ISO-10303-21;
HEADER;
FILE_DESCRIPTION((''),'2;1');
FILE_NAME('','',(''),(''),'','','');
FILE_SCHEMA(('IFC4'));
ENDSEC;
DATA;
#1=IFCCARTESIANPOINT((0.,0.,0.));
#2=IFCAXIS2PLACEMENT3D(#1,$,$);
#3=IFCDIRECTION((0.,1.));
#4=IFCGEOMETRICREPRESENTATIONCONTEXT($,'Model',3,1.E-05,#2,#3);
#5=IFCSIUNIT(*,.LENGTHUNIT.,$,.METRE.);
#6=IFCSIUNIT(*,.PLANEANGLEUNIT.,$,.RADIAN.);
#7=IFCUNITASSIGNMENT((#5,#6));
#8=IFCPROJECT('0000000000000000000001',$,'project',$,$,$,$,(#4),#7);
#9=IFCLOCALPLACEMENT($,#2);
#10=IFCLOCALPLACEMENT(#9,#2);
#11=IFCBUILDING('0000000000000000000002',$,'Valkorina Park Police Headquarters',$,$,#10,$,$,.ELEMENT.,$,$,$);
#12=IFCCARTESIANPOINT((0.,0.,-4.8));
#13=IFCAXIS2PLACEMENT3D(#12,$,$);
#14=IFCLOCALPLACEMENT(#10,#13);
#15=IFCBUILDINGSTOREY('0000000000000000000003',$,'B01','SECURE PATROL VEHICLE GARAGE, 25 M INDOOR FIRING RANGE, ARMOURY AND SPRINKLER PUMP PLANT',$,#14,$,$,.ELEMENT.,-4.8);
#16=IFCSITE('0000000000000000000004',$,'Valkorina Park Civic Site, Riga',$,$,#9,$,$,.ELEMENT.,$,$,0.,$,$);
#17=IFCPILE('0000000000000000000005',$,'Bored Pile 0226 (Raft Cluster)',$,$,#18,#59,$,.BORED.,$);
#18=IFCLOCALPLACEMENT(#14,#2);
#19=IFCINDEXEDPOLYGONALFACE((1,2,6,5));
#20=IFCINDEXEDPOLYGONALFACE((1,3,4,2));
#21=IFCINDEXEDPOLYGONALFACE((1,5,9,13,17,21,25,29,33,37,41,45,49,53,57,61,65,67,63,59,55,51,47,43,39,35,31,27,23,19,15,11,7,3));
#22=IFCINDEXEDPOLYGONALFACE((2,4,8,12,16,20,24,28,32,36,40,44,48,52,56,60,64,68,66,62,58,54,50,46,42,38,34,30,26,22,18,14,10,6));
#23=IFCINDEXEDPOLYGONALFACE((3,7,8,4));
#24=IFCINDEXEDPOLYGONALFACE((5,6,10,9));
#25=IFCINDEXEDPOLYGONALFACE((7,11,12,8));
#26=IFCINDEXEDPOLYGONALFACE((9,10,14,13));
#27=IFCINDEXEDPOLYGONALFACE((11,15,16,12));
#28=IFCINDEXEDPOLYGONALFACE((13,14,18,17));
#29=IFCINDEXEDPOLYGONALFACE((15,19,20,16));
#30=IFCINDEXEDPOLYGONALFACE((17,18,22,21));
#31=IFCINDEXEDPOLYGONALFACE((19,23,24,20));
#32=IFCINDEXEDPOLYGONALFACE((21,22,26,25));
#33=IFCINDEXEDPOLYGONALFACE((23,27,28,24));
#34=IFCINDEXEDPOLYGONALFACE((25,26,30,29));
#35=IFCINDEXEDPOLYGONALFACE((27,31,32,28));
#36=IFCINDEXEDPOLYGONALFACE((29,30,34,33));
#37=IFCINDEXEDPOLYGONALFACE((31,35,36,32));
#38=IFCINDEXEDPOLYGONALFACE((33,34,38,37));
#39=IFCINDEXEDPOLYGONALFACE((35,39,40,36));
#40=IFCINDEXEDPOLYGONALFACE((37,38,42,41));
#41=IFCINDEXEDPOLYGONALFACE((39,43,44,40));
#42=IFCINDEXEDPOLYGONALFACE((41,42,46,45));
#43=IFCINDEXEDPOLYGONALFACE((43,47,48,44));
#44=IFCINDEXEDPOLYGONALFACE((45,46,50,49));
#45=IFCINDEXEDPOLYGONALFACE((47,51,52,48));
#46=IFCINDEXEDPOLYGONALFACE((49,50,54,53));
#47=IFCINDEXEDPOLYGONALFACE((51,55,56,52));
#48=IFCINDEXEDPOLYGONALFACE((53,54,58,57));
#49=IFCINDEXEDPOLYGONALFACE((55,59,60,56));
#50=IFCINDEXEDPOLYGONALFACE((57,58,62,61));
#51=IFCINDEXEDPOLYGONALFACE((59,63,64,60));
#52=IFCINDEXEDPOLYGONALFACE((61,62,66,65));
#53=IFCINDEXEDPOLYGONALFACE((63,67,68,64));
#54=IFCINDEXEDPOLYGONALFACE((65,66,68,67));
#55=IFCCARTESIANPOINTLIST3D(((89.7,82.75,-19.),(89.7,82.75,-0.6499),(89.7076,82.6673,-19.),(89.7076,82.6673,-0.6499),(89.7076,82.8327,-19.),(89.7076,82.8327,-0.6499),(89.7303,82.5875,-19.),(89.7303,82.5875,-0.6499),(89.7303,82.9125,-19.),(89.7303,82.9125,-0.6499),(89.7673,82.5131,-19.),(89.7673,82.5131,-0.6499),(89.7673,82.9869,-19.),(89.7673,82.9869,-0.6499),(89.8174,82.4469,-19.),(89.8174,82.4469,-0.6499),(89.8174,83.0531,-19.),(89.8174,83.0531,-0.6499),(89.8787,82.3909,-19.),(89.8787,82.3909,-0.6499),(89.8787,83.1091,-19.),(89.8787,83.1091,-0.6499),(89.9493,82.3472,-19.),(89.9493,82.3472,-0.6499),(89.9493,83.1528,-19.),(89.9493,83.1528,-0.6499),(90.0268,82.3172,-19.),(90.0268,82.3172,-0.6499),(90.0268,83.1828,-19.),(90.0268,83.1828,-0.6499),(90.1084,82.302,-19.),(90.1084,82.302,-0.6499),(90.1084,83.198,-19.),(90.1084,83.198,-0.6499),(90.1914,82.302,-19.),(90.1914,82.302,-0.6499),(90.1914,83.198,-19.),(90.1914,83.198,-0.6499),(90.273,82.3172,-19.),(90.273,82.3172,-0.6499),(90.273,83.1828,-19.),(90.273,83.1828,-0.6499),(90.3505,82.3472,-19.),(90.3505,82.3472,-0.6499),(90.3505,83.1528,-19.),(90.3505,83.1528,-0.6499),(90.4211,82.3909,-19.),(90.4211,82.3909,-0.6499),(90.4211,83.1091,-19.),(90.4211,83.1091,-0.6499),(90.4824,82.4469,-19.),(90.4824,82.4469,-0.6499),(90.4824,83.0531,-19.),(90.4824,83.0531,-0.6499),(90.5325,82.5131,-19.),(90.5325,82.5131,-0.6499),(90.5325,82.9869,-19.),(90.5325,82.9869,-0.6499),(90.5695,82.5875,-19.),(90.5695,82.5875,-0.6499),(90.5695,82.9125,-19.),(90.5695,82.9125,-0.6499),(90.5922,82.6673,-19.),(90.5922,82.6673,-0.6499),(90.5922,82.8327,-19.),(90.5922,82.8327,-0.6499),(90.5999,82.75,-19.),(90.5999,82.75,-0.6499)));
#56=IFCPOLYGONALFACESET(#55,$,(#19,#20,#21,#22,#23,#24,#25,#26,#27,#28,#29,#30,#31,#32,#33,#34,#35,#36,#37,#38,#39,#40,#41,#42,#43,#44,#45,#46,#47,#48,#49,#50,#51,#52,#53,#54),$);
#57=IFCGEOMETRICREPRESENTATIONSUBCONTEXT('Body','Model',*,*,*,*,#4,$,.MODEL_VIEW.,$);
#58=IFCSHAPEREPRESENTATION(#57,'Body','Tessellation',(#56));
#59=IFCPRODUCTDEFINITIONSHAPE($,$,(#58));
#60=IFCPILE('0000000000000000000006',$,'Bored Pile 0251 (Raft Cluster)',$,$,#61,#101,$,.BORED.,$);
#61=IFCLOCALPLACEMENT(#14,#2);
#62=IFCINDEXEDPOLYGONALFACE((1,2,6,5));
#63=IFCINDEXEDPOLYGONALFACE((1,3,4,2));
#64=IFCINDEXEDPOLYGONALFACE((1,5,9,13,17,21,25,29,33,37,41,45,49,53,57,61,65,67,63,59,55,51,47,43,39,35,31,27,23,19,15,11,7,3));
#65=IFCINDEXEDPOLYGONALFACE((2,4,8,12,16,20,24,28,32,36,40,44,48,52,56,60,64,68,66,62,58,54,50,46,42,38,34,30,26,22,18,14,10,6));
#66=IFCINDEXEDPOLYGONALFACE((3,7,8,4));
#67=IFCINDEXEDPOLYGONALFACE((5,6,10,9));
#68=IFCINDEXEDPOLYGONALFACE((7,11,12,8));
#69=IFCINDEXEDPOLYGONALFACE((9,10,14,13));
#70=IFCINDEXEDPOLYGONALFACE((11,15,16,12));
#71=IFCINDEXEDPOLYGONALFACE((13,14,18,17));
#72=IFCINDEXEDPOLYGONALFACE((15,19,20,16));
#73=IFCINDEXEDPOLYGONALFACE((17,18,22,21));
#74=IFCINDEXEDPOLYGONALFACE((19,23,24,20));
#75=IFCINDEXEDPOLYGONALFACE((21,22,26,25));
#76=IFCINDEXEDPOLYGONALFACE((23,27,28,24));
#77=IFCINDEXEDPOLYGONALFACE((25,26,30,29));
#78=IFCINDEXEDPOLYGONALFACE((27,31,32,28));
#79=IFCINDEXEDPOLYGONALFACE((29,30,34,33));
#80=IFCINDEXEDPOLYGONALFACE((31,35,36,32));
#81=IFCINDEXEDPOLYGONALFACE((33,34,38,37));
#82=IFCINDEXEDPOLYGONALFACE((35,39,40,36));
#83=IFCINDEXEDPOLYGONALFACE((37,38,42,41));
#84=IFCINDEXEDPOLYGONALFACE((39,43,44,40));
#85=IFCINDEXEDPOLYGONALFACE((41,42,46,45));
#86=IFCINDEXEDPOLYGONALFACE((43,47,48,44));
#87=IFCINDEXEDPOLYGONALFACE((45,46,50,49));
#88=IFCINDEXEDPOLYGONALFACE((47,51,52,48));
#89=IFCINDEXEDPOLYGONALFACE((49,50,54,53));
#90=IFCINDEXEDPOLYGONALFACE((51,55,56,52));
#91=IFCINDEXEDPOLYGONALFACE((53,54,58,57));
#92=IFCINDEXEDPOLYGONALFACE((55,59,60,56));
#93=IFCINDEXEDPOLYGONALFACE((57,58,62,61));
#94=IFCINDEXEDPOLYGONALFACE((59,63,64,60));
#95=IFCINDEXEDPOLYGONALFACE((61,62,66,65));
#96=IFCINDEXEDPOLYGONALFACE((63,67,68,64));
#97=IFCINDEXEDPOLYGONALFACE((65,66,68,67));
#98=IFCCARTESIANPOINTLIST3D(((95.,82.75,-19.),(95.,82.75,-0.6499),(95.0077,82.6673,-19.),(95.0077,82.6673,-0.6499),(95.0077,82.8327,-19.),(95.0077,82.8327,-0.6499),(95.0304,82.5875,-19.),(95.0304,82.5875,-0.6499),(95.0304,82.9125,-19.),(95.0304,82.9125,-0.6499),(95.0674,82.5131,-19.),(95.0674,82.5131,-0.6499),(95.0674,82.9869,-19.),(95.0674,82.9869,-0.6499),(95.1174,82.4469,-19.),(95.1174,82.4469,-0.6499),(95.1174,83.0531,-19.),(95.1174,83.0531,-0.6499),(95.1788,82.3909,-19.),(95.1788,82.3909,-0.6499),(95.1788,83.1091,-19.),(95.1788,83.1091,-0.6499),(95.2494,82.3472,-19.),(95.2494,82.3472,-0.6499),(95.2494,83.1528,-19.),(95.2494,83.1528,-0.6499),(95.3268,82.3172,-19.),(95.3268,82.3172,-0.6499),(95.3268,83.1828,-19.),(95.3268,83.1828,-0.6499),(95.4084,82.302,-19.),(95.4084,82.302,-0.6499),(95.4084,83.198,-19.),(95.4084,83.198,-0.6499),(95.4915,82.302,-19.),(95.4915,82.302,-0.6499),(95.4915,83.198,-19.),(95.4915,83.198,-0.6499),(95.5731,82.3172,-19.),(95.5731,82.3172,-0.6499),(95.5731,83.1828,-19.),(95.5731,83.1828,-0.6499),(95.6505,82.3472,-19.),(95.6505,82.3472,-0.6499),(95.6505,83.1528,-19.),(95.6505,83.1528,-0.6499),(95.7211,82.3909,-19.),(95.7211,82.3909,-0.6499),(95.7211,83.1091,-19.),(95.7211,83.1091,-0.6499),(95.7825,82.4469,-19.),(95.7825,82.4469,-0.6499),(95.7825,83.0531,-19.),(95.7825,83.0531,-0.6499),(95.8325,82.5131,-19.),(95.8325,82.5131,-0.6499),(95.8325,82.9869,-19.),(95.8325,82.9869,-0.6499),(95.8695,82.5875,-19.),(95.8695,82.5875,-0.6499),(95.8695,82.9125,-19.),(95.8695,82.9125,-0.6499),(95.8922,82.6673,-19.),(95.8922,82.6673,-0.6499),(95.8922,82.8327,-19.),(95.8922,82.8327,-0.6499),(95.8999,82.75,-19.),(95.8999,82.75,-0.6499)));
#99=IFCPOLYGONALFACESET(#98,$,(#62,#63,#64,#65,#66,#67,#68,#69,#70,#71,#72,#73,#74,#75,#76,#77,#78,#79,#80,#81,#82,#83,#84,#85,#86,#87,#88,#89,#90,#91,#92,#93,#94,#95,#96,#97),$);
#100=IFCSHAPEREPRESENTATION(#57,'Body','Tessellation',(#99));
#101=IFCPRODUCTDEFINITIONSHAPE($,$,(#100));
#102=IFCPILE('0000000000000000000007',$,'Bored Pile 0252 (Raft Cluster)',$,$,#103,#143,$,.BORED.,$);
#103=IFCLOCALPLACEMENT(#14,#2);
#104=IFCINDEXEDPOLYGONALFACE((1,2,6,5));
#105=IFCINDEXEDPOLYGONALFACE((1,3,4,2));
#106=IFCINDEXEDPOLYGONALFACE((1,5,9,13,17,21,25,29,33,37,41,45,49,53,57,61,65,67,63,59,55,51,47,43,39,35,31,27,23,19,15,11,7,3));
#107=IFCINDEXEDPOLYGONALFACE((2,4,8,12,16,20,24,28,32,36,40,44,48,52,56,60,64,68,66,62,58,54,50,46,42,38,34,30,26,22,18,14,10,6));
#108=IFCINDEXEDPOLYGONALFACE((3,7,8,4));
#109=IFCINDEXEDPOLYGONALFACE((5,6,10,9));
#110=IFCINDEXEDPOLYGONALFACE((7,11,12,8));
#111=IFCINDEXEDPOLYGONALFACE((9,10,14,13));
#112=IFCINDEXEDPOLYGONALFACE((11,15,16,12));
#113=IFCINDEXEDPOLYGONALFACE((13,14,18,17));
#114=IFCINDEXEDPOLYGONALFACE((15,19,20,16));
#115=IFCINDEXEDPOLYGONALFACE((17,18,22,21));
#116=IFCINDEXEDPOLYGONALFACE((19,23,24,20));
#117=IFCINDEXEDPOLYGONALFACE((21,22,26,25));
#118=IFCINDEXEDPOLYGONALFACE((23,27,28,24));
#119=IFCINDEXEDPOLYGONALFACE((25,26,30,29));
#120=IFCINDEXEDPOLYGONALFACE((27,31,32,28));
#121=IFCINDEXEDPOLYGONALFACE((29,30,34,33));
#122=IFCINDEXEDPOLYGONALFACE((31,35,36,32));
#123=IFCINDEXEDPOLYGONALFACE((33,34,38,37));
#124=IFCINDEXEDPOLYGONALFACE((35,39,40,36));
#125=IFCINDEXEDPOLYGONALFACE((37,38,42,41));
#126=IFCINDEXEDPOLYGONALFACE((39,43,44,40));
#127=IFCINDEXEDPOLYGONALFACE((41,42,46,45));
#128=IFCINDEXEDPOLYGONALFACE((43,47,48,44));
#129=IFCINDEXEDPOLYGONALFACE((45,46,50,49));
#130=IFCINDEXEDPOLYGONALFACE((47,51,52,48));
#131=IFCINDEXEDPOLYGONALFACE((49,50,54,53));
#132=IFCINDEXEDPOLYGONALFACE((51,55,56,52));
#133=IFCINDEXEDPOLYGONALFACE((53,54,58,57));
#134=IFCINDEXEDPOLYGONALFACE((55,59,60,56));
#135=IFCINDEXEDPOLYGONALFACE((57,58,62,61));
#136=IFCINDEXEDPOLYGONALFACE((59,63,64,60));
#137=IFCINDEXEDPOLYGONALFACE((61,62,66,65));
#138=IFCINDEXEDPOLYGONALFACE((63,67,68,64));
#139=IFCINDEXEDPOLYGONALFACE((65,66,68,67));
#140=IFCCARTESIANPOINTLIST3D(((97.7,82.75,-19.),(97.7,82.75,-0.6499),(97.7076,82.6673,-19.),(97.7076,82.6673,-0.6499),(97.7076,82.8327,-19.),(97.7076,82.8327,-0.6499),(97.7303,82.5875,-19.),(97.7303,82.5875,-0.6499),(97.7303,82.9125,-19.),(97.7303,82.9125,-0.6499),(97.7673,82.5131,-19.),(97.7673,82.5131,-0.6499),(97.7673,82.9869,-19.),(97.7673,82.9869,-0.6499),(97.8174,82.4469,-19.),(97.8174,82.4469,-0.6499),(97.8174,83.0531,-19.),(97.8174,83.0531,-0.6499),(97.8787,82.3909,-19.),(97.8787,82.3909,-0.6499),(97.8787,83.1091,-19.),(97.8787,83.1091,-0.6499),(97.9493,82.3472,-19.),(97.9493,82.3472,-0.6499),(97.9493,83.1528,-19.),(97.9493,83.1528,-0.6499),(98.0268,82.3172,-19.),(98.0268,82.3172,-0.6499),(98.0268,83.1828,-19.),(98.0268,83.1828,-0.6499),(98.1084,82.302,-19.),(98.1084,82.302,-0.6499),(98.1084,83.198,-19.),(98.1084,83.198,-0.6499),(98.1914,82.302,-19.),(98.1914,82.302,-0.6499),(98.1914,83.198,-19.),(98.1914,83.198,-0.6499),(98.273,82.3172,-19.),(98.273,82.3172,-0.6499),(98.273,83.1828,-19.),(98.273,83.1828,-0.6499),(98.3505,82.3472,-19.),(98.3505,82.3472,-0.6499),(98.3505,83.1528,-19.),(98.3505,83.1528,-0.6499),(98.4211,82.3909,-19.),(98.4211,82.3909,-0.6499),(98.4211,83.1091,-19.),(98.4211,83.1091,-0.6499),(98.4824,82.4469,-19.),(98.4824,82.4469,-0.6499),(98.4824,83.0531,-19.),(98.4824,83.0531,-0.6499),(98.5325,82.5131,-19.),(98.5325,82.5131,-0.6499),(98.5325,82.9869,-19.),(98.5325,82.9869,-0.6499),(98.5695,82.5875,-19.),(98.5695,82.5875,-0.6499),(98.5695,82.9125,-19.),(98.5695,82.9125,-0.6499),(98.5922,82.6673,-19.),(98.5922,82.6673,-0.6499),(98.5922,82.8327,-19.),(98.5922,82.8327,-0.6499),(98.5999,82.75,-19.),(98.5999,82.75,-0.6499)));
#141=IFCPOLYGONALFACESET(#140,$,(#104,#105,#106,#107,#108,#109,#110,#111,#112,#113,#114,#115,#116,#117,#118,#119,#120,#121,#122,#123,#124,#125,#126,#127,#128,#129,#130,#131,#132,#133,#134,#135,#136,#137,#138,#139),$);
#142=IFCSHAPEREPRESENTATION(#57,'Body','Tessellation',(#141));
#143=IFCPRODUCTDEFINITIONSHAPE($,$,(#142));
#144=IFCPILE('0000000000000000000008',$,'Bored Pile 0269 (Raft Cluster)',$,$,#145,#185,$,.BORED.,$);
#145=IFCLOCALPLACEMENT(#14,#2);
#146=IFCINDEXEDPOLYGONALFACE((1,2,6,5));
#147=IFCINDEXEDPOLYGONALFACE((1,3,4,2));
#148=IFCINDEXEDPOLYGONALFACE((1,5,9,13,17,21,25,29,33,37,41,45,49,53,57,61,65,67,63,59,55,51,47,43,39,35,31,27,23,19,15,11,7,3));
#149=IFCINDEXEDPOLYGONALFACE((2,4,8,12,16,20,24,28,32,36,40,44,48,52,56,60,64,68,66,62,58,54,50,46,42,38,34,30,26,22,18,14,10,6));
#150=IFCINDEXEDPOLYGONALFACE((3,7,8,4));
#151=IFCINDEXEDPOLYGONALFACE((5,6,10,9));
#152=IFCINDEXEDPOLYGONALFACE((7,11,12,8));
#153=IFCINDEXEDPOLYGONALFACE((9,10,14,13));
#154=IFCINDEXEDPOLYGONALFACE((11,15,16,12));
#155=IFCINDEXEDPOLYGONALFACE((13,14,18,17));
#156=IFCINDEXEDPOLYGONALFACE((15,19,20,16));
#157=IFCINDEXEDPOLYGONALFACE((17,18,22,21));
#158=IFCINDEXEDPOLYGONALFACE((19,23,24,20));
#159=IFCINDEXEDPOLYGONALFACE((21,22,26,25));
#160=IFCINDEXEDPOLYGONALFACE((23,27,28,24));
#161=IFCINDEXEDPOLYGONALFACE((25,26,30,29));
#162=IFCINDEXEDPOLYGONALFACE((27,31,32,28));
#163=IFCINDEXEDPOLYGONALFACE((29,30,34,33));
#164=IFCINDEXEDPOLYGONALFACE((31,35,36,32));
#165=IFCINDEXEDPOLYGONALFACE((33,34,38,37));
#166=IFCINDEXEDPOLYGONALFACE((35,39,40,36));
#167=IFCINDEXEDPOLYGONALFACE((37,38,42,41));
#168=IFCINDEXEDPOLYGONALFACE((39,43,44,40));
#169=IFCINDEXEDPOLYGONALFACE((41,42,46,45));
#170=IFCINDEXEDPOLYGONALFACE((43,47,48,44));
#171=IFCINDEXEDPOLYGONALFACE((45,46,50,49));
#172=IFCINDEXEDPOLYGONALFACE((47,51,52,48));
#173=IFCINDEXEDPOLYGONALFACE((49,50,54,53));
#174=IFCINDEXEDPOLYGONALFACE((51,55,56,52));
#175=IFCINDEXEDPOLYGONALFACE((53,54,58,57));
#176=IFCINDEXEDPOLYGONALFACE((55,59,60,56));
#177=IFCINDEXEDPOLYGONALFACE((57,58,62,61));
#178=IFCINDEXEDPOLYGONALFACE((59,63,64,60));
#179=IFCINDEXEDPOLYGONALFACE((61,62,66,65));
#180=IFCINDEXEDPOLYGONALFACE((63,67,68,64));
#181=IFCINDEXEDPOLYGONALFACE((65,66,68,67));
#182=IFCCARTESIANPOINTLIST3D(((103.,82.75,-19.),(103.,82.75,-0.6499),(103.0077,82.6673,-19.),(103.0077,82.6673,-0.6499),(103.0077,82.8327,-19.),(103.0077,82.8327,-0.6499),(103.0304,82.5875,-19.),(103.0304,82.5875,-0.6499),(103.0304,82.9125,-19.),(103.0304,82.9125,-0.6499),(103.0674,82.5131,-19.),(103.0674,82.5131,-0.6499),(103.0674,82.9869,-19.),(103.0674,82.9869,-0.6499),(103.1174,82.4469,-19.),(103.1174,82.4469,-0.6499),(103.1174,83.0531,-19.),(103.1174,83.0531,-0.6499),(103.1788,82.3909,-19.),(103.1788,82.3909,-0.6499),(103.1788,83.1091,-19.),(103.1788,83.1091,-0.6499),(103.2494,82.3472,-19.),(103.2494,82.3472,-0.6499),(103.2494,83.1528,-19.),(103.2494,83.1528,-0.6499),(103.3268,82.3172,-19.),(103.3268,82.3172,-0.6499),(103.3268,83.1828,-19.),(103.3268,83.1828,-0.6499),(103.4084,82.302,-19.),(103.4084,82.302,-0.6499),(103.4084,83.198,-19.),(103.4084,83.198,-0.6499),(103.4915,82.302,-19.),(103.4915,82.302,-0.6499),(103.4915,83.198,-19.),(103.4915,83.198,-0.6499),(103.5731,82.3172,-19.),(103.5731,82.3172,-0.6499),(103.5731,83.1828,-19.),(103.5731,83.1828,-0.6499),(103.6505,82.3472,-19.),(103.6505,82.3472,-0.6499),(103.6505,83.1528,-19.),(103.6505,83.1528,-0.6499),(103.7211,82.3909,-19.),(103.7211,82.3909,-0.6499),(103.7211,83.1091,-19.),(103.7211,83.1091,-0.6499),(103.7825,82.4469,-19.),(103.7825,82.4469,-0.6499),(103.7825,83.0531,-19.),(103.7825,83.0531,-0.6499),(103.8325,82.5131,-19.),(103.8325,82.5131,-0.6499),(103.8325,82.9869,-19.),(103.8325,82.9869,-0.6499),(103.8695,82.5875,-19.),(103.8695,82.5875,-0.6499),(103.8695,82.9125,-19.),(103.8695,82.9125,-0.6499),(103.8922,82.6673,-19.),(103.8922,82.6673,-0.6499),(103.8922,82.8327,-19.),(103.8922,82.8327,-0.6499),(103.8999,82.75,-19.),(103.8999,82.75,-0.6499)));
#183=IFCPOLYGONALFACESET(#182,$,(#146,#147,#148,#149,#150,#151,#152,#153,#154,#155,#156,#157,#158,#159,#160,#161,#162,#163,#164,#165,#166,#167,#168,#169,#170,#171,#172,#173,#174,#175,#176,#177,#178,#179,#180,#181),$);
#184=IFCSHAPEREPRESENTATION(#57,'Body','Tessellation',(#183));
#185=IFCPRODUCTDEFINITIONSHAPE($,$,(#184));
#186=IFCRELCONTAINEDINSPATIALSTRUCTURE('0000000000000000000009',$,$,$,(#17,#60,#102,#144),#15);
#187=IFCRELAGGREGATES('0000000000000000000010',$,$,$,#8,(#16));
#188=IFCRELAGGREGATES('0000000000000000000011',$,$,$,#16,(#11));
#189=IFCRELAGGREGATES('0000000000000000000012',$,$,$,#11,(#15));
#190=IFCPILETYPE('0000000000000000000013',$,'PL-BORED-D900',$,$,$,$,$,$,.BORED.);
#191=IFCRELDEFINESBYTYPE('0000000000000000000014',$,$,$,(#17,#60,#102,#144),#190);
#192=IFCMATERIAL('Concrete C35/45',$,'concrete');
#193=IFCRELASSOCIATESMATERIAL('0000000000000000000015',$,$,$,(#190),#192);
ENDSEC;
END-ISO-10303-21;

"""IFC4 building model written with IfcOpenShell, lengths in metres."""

from ifc_helpers import new_model, si_unit, direction, frame, origin, origin_2d, place, context, subcontext, project, spatial, circle, extrude, material, material_profile, profile_set, type_object, element, save


model = new_model("IFC4")

# Units and contexts
model_context = context("Model", 3, precision=1e-05, world=origin(), true_north=direction((0.0, 1.0)))
body_context = subcontext(model_context, "Body", "Model", "MODEL_VIEW")
ifc_project = project(units=[si_unit("LENGTHUNIT", "METRE"), si_unit("PLANEANGLEUNIT", "RADIAN")], contexts=[model_context])

# Site, building, storey
site_placement = place(None, origin())
site = spatial("IfcSite", under=ifc_project, at=site_placement, Name="Valkorina Park Civic Site, Riga", CompositionType="ELEMENT", RefElevation=0.0)
building_placement = place(site_placement, origin())
building = spatial("IfcBuilding", under=site, at=building_placement, Name="Valkorina Park Police Headquarters", CompositionType="ELEMENT")
storey_placement = place(building_placement, frame((0.0, 0.0, -4.8)))
storey = spatial("IfcBuildingStorey", under=building, at=storey_placement, Name="B01", Description="SECURE PATROL VEHICLE GARAGE, 25 M INDOOR FIRING RANGE, ARMOURY AND SPRINKLER PUMP PLANT", CompositionType="ELEMENT", Elevation=-4.8)

# Piles
ifc_material_1 = material(Name="Concrete C35/45", Category="concrete")
ifc_material_profile_1 = material_profile(ifc_material_1, circle(Radius=0.45, at=origin_2d()), Name="BORED PILE D900")
ifc_profile_set_1 = profile_set([ifc_material_profile_1], Name="Concrete C35/45")
pile_type_1 = type_object("IfcPileType", Name="PL-BORED-D900", PredefinedType="BORED", material=ifc_profile_set_1)
for number, where, z_axis, x_axis, name in (
    (1, (90.1499, 82.75, -0.6499), (0.0, 0.0, -1.0), (1.0, 0.0, 0.0), "Bored Pile 0226 (Raft Cluster)"),
    (2, (95.45, 82.75, -0.6499), (0.0, 0.0, -1.0), (1.0, 0.0, 0.0), "Bored Pile 0251 (Raft Cluster)"),
    (3, (98.1499, 82.75, -0.6499), (0.0, 0.0, -1.0), (1.0, 0.0, 0.0), "Bored Pile 0252 (Raft Cluster)"),
    (4, (103.45, 82.75, -0.6499), (0.0, 0.0, -1.0), (1.0, 0.0, 0.0), "Bored Pile 0269 (Raft Cluster)"),
):
    element("IfcPile", number, at=place(storey_placement, frame(where, z_axis=z_axis, x_axis=x_axis)), inside=storey, type_object=pile_type_1, Name=name, PredefinedType="BORED", context=body_context, shape_type="SweptSolid", body=[
        extrude(circle(Radius=0.45, at=origin_2d()), origin(), (0.0, 0.0, 1.0), 18.3501),
    ])

save(model, "model.ifc")
